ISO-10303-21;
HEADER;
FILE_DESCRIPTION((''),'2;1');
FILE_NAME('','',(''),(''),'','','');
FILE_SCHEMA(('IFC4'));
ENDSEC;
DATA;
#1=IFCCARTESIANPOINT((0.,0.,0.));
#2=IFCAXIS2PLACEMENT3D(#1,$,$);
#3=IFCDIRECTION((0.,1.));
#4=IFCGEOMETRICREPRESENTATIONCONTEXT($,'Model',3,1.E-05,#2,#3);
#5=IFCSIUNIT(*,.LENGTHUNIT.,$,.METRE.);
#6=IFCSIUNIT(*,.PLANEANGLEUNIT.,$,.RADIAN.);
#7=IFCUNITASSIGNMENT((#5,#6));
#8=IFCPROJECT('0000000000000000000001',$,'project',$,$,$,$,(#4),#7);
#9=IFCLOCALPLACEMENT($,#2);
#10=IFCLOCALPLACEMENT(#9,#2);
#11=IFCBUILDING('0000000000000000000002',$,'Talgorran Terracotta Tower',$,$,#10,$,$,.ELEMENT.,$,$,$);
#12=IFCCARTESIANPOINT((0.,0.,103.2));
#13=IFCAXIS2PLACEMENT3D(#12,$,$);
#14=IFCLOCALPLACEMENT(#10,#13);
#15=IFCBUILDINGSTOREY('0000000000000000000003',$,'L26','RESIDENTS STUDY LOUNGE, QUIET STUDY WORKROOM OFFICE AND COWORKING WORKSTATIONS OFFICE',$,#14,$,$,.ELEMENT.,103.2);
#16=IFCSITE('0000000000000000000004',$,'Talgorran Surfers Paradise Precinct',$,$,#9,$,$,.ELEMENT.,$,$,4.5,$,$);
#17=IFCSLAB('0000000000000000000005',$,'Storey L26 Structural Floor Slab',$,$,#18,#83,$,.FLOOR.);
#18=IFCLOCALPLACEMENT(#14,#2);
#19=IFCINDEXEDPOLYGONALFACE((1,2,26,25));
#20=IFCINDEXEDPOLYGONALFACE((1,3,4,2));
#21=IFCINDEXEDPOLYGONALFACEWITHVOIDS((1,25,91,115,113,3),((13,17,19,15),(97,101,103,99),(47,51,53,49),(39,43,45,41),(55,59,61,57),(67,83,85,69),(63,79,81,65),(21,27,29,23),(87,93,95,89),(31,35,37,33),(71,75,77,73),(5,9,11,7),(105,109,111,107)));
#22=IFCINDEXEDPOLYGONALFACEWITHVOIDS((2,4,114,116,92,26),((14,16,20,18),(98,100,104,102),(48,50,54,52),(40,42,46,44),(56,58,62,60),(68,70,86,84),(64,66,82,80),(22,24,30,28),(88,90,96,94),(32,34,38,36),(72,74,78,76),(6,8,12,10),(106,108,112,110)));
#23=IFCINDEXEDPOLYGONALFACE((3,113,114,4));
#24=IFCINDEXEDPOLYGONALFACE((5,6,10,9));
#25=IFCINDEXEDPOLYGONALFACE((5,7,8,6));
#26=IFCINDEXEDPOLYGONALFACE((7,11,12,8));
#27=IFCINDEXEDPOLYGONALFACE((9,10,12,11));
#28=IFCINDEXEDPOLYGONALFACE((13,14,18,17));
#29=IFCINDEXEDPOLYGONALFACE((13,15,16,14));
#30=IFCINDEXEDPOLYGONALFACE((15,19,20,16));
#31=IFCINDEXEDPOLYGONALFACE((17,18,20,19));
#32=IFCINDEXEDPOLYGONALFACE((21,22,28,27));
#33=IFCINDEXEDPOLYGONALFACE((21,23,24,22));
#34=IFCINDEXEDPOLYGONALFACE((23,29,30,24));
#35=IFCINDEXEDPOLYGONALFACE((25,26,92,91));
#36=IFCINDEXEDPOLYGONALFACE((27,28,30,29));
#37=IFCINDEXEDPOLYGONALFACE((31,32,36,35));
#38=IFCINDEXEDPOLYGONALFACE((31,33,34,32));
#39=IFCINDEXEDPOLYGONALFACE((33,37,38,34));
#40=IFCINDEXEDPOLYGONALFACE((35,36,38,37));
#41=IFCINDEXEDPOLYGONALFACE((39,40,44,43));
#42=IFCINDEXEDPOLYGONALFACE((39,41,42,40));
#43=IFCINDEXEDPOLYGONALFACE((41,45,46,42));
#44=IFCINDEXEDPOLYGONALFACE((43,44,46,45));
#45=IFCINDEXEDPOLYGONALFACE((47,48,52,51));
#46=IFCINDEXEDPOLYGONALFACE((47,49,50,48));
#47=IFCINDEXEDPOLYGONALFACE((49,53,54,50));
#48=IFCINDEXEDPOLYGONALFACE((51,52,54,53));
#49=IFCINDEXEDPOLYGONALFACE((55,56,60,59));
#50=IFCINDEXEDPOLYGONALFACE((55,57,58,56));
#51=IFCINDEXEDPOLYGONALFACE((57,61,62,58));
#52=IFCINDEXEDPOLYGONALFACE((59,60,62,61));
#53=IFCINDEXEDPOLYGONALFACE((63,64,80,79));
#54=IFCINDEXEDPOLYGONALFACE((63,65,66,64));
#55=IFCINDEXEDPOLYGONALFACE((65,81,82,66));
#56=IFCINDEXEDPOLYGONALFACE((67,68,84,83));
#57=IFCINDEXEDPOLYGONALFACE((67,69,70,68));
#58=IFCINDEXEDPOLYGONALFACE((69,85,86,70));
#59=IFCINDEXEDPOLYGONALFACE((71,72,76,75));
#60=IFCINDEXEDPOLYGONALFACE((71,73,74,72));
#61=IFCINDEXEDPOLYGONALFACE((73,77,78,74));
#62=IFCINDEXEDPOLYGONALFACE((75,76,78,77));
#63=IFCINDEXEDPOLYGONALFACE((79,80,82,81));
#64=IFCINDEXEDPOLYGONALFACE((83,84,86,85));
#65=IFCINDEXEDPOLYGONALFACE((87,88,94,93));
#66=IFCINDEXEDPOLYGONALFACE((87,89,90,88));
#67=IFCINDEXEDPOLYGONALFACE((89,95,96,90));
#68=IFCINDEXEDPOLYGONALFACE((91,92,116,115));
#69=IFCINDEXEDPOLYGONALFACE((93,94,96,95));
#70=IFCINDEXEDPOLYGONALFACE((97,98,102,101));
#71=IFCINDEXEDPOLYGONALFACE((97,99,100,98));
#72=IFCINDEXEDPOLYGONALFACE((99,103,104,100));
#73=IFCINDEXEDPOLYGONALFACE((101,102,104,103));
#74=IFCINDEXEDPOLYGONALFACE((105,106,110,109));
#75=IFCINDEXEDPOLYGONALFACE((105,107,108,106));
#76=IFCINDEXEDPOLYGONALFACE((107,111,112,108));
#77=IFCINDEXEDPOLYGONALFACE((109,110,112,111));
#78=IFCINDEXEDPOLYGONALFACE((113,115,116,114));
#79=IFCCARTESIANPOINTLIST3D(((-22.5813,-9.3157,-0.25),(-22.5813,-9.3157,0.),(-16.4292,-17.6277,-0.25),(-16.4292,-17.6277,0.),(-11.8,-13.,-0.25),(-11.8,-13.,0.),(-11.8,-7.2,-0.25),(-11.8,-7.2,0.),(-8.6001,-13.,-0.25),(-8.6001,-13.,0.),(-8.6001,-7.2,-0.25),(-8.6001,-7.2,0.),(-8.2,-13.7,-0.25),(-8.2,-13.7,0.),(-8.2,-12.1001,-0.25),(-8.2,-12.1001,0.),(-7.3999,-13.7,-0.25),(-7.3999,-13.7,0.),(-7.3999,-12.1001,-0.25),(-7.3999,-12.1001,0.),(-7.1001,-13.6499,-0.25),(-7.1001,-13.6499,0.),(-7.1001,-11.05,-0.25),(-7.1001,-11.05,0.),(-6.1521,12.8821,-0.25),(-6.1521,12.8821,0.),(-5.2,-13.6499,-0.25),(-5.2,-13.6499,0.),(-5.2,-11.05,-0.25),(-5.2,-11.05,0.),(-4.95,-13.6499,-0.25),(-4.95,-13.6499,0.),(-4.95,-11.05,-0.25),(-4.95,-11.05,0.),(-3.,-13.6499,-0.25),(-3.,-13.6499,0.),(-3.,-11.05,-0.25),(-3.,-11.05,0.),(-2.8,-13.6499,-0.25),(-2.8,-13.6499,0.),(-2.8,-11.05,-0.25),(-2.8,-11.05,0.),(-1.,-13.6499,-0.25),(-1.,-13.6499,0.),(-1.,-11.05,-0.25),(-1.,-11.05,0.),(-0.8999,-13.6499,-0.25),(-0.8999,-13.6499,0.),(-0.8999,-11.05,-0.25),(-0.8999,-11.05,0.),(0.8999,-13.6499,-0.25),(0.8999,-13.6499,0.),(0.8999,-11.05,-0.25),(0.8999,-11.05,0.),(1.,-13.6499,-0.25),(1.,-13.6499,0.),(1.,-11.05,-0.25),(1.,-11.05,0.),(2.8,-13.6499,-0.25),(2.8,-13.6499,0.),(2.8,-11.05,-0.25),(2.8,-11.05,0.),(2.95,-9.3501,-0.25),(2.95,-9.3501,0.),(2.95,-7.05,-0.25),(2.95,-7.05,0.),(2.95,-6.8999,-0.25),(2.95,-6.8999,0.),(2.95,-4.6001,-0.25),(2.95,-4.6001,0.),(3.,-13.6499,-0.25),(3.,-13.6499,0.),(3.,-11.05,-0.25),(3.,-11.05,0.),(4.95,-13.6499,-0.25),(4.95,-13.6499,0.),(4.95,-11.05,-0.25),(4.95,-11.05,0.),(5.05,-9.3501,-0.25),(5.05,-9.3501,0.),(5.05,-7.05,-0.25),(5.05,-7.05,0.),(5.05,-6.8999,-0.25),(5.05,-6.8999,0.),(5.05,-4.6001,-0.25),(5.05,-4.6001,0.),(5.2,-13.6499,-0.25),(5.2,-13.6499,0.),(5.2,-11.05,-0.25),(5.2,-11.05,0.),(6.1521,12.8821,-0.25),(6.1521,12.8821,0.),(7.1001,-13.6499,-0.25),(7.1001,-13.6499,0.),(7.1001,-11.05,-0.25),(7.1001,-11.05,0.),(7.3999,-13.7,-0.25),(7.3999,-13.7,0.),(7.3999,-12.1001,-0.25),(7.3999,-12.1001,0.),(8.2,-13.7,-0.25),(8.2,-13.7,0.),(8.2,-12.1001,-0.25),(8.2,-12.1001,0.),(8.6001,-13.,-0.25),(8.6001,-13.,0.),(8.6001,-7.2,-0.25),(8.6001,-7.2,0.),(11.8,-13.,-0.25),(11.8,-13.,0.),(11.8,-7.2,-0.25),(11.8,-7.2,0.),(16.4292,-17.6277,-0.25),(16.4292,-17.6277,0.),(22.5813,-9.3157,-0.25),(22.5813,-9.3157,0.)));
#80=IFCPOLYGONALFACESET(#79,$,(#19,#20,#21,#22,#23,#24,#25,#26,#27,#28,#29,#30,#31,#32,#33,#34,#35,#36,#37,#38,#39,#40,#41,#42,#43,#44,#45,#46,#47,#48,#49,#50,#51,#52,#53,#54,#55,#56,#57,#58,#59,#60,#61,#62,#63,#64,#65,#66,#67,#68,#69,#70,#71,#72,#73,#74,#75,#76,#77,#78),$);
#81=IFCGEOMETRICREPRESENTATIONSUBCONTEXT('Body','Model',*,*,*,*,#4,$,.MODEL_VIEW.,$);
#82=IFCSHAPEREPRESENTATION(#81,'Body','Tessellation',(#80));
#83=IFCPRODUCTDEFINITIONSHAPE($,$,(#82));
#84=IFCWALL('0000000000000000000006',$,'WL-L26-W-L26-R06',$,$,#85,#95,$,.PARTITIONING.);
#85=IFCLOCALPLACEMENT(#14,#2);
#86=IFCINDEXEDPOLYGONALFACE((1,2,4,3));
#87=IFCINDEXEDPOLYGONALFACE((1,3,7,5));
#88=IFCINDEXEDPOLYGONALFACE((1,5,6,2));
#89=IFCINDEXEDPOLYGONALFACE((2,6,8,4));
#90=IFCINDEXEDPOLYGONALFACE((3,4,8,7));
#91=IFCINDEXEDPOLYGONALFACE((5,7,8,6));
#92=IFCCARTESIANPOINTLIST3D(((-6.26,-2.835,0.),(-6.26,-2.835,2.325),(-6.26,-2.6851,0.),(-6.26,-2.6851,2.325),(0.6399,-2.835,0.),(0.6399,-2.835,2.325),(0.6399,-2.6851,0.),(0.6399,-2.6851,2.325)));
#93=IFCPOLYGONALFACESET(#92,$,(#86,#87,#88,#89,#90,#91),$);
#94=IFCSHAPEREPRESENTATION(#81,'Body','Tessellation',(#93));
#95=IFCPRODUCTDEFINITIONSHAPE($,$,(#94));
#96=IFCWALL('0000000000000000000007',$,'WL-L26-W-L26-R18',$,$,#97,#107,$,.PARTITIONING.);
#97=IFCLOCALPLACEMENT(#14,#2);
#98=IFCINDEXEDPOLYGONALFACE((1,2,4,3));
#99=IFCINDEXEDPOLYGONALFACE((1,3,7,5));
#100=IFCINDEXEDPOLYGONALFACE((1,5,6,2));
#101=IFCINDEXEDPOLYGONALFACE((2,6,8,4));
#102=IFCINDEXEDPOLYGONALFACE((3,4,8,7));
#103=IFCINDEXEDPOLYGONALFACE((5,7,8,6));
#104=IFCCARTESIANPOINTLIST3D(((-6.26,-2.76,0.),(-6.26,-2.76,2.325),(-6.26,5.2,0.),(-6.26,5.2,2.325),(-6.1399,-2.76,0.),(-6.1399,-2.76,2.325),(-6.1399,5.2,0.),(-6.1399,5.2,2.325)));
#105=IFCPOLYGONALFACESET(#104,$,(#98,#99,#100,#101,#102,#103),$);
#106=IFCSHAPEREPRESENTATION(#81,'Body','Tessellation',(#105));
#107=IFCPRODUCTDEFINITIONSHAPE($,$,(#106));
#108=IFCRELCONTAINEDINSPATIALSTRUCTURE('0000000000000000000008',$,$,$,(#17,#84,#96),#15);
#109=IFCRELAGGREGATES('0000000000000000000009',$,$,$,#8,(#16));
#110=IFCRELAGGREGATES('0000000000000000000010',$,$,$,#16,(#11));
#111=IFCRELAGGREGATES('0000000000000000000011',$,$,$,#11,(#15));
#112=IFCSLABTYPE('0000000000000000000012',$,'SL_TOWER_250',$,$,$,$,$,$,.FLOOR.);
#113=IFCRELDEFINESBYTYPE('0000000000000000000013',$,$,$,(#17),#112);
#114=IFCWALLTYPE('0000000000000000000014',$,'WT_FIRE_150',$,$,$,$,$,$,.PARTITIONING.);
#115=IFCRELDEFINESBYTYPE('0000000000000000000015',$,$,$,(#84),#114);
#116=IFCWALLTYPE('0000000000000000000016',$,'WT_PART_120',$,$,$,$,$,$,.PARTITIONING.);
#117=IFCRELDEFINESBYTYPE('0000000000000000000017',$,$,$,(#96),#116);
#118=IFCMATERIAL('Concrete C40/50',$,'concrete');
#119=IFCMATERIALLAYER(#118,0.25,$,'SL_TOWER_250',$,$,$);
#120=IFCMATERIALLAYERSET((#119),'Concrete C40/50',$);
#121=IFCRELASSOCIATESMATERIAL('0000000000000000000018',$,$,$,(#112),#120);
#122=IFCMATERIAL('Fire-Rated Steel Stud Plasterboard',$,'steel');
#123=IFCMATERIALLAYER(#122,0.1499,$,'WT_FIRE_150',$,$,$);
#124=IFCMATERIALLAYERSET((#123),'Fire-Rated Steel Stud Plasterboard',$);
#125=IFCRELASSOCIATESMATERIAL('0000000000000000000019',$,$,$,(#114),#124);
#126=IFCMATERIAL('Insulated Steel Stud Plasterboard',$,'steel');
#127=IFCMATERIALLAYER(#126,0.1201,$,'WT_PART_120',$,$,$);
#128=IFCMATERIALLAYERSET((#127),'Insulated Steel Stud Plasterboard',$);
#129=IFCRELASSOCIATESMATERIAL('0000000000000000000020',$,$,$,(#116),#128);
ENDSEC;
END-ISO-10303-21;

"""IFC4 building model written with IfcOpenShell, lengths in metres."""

from ifc_helpers import new_model, si_unit, direction, frame, frame_2d, origin, place, context, subcontext, project, spatial, polyline, rectangle, outline, extrude, material, layer, layer_set, type_object, element, save


model = new_model("IFC4")

# Units and contexts
model_context = context("Model", 3, precision=1e-05, world=origin(), true_north=direction((0.0, 1.0)))
body_context = subcontext(model_context, "Body", "Model", "MODEL_VIEW")
ifc_project = project(units=[si_unit("LENGTHUNIT", "METRE"), si_unit("PLANEANGLEUNIT", "RADIAN")], contexts=[model_context])

# Site, building, storey
site_placement = place(None, origin())
site = spatial("IfcSite", under=ifc_project, at=site_placement, Name="Talgorran Surfers Paradise Precinct", CompositionType="ELEMENT", RefElevation=4.5)
building_placement = place(site_placement, origin())
building = spatial("IfcBuilding", under=site, at=building_placement, Name="Talgorran Terracotta Tower", CompositionType="ELEMENT")
storey_placement = place(building_placement, frame((0.0, 0.0, 103.2)))
storey = spatial("IfcBuildingStorey", under=building, at=storey_placement, Name="L26", Description="RESIDENTS STUDY LOUNGE, QUIET STUDY WORKROOM OFFICE AND COWORKING WORKSTATIONS OFFICE", CompositionType="ELEMENT", Elevation=103.2)

# Slab
ifc_material_1 = material(Name="Concrete C40/50", Category="concrete")
ifc_layer_1 = layer(ifc_material_1, 0.25, Name="SL_TOWER_250")
ifc_layer_set_1 = layer_set([ifc_layer_1], Name="Concrete C40/50")
slab_type_1 = type_object("IfcSlabType", Name="SL_TOWER_250", PredefinedType="FLOOR", material=ifc_layer_set_1)
slab_1_placement = place(storey_placement, frame((0.0, 0.0, -0.25)))
element("IfcSlab", 1, at=slab_1_placement, inside=storey, type_object=slab_type_1, Name="Storey L26 Structural Floor Slab", PredefinedType="FLOOR", context=body_context, shape_type="SweptSolid", body=[
    extrude(outline(polyline([(-22.5813, -9.3157), (-16.4292, -17.6277), (16.4292, -17.6277), (22.5813, -9.3157), (6.1521, 12.8821), (-6.1521, 12.8821), (-22.5813, -9.3157)]), holes=[polyline([(-11.8, -7.2), (-11.8, -13.0), (-8.6001, -13.0), (-8.6001, -7.2), (-11.8, -7.2)]), polyline([(8.6001, -7.2), (8.6001, -13.0), (11.8, -13.0), (11.8, -7.2), (8.6001, -7.2)]), polyline([(-7.1001, -13.6499), (-5.2, -13.6499), (-5.2, -11.05), (-7.1001, -11.05), (-7.1001, -13.6499)]), polyline([(5.2, -13.6499), (7.1001, -13.6499), (7.1001, -11.05), (5.2, -11.05), (5.2, -13.6499)]), polyline([(3.0, -13.6499), (4.95, -13.6499), (4.95, -11.05), (3.0, -11.05), (3.0, -13.6499)]), polyline([(-4.95, -13.6499), (-3.0, -13.6499), (-3.0, -11.05), (-4.95, -11.05), (-4.95, -13.6499)]), polyline([(2.95, -9.3501), (5.05, -9.3501), (5.05, -7.05), (2.95, -7.05), (2.95, -9.3501)]), polyline([(2.95, -6.8999), (5.05, -6.8999), (5.05, -4.6001), (2.95, -4.6001), (2.95, -6.8999)]), polyline([(-2.8, -13.6499), (-1.0, -13.6499), (-1.0, -11.05), (-2.8, -11.05), (-2.8, -13.6499)]), polyline([(-0.8999, -13.6499), (0.8999, -13.6499), (0.8999, -11.05), (-0.8999, -11.05), (-0.8999, -13.6499)]), polyline([(1.0, -13.6499), (2.8, -13.6499), (2.8, -11.05), (1.0, -11.05), (1.0, -13.6499)]), polyline([(-8.2, -13.7), (-7.3999, -13.7), (-7.3999, -12.1001), (-8.2, -12.1001), (-8.2, -13.7)]), polyline([(7.3999, -13.7), (8.2, -13.7), (8.2, -12.1001), (7.3999, -12.1001), (7.3999, -13.7)])]), origin(), (0.0, 0.0, 1.0), 0.25),
])

# Walls
ifc_material_2 = material(Name="Fire-Rated Steel Stud Plasterboard", Category="steel")
ifc_layer_2 = layer(ifc_material_2, 0.1499, Name="WT_FIRE_150")
ifc_layer_set_2 = layer_set([ifc_layer_2], Name="Fire-Rated Steel Stud Plasterboard")
wall_type_1 = type_object("IfcWallType", Name="WT_FIRE_150", PredefinedType="PARTITIONING", material=ifc_layer_set_2)
wall_1_placement = place(storey_placement, frame((-6.26, -2.76, 0.0), z_axis=(0.0, 0.0, 1.0), x_axis=(1.0, 0.0, 0.0)))
element("IfcWall", 2, at=wall_1_placement, inside=storey, type_object=wall_type_1, Name="WL-L26-W-L26-R06", PredefinedType="PARTITIONING", context=body_context, shape_type="SweptSolid", body=[
    extrude(rectangle(XDim=6.8999, YDim=0.1499, at=frame_2d((3.45, 0.0))), origin(), (0.0, 0.0, 1.0), 2.325),
])
ifc_material_3 = material(Name="Insulated Steel Stud Plasterboard", Category="steel")
ifc_layer_3 = layer(ifc_material_3, 0.1201, Name="WT_PART_120")
ifc_layer_set_3 = layer_set([ifc_layer_3], Name="Insulated Steel Stud Plasterboard")
wall_type_2 = type_object("IfcWallType", Name="WT_PART_120", PredefinedType="PARTITIONING", material=ifc_layer_set_3)
wall_2_placement = place(storey_placement, frame((-6.2, -2.76, 0.0), z_axis=(0.0, 0.0, 1.0), x_axis=(0.0, 1.0, 0.0)))
element("IfcWall", 3, at=wall_2_placement, inside=storey, type_object=wall_type_2, Name="WL-L26-W-L26-R18", PredefinedType="PARTITIONING", context=body_context, shape_type="SweptSolid", body=[
    extrude(rectangle(XDim=7.96, YDim=0.1201, at=frame_2d((3.98, 0.0))), origin(), (0.0, 0.0, 1.0), 2.325),
])

save(model, "model.ifc")
